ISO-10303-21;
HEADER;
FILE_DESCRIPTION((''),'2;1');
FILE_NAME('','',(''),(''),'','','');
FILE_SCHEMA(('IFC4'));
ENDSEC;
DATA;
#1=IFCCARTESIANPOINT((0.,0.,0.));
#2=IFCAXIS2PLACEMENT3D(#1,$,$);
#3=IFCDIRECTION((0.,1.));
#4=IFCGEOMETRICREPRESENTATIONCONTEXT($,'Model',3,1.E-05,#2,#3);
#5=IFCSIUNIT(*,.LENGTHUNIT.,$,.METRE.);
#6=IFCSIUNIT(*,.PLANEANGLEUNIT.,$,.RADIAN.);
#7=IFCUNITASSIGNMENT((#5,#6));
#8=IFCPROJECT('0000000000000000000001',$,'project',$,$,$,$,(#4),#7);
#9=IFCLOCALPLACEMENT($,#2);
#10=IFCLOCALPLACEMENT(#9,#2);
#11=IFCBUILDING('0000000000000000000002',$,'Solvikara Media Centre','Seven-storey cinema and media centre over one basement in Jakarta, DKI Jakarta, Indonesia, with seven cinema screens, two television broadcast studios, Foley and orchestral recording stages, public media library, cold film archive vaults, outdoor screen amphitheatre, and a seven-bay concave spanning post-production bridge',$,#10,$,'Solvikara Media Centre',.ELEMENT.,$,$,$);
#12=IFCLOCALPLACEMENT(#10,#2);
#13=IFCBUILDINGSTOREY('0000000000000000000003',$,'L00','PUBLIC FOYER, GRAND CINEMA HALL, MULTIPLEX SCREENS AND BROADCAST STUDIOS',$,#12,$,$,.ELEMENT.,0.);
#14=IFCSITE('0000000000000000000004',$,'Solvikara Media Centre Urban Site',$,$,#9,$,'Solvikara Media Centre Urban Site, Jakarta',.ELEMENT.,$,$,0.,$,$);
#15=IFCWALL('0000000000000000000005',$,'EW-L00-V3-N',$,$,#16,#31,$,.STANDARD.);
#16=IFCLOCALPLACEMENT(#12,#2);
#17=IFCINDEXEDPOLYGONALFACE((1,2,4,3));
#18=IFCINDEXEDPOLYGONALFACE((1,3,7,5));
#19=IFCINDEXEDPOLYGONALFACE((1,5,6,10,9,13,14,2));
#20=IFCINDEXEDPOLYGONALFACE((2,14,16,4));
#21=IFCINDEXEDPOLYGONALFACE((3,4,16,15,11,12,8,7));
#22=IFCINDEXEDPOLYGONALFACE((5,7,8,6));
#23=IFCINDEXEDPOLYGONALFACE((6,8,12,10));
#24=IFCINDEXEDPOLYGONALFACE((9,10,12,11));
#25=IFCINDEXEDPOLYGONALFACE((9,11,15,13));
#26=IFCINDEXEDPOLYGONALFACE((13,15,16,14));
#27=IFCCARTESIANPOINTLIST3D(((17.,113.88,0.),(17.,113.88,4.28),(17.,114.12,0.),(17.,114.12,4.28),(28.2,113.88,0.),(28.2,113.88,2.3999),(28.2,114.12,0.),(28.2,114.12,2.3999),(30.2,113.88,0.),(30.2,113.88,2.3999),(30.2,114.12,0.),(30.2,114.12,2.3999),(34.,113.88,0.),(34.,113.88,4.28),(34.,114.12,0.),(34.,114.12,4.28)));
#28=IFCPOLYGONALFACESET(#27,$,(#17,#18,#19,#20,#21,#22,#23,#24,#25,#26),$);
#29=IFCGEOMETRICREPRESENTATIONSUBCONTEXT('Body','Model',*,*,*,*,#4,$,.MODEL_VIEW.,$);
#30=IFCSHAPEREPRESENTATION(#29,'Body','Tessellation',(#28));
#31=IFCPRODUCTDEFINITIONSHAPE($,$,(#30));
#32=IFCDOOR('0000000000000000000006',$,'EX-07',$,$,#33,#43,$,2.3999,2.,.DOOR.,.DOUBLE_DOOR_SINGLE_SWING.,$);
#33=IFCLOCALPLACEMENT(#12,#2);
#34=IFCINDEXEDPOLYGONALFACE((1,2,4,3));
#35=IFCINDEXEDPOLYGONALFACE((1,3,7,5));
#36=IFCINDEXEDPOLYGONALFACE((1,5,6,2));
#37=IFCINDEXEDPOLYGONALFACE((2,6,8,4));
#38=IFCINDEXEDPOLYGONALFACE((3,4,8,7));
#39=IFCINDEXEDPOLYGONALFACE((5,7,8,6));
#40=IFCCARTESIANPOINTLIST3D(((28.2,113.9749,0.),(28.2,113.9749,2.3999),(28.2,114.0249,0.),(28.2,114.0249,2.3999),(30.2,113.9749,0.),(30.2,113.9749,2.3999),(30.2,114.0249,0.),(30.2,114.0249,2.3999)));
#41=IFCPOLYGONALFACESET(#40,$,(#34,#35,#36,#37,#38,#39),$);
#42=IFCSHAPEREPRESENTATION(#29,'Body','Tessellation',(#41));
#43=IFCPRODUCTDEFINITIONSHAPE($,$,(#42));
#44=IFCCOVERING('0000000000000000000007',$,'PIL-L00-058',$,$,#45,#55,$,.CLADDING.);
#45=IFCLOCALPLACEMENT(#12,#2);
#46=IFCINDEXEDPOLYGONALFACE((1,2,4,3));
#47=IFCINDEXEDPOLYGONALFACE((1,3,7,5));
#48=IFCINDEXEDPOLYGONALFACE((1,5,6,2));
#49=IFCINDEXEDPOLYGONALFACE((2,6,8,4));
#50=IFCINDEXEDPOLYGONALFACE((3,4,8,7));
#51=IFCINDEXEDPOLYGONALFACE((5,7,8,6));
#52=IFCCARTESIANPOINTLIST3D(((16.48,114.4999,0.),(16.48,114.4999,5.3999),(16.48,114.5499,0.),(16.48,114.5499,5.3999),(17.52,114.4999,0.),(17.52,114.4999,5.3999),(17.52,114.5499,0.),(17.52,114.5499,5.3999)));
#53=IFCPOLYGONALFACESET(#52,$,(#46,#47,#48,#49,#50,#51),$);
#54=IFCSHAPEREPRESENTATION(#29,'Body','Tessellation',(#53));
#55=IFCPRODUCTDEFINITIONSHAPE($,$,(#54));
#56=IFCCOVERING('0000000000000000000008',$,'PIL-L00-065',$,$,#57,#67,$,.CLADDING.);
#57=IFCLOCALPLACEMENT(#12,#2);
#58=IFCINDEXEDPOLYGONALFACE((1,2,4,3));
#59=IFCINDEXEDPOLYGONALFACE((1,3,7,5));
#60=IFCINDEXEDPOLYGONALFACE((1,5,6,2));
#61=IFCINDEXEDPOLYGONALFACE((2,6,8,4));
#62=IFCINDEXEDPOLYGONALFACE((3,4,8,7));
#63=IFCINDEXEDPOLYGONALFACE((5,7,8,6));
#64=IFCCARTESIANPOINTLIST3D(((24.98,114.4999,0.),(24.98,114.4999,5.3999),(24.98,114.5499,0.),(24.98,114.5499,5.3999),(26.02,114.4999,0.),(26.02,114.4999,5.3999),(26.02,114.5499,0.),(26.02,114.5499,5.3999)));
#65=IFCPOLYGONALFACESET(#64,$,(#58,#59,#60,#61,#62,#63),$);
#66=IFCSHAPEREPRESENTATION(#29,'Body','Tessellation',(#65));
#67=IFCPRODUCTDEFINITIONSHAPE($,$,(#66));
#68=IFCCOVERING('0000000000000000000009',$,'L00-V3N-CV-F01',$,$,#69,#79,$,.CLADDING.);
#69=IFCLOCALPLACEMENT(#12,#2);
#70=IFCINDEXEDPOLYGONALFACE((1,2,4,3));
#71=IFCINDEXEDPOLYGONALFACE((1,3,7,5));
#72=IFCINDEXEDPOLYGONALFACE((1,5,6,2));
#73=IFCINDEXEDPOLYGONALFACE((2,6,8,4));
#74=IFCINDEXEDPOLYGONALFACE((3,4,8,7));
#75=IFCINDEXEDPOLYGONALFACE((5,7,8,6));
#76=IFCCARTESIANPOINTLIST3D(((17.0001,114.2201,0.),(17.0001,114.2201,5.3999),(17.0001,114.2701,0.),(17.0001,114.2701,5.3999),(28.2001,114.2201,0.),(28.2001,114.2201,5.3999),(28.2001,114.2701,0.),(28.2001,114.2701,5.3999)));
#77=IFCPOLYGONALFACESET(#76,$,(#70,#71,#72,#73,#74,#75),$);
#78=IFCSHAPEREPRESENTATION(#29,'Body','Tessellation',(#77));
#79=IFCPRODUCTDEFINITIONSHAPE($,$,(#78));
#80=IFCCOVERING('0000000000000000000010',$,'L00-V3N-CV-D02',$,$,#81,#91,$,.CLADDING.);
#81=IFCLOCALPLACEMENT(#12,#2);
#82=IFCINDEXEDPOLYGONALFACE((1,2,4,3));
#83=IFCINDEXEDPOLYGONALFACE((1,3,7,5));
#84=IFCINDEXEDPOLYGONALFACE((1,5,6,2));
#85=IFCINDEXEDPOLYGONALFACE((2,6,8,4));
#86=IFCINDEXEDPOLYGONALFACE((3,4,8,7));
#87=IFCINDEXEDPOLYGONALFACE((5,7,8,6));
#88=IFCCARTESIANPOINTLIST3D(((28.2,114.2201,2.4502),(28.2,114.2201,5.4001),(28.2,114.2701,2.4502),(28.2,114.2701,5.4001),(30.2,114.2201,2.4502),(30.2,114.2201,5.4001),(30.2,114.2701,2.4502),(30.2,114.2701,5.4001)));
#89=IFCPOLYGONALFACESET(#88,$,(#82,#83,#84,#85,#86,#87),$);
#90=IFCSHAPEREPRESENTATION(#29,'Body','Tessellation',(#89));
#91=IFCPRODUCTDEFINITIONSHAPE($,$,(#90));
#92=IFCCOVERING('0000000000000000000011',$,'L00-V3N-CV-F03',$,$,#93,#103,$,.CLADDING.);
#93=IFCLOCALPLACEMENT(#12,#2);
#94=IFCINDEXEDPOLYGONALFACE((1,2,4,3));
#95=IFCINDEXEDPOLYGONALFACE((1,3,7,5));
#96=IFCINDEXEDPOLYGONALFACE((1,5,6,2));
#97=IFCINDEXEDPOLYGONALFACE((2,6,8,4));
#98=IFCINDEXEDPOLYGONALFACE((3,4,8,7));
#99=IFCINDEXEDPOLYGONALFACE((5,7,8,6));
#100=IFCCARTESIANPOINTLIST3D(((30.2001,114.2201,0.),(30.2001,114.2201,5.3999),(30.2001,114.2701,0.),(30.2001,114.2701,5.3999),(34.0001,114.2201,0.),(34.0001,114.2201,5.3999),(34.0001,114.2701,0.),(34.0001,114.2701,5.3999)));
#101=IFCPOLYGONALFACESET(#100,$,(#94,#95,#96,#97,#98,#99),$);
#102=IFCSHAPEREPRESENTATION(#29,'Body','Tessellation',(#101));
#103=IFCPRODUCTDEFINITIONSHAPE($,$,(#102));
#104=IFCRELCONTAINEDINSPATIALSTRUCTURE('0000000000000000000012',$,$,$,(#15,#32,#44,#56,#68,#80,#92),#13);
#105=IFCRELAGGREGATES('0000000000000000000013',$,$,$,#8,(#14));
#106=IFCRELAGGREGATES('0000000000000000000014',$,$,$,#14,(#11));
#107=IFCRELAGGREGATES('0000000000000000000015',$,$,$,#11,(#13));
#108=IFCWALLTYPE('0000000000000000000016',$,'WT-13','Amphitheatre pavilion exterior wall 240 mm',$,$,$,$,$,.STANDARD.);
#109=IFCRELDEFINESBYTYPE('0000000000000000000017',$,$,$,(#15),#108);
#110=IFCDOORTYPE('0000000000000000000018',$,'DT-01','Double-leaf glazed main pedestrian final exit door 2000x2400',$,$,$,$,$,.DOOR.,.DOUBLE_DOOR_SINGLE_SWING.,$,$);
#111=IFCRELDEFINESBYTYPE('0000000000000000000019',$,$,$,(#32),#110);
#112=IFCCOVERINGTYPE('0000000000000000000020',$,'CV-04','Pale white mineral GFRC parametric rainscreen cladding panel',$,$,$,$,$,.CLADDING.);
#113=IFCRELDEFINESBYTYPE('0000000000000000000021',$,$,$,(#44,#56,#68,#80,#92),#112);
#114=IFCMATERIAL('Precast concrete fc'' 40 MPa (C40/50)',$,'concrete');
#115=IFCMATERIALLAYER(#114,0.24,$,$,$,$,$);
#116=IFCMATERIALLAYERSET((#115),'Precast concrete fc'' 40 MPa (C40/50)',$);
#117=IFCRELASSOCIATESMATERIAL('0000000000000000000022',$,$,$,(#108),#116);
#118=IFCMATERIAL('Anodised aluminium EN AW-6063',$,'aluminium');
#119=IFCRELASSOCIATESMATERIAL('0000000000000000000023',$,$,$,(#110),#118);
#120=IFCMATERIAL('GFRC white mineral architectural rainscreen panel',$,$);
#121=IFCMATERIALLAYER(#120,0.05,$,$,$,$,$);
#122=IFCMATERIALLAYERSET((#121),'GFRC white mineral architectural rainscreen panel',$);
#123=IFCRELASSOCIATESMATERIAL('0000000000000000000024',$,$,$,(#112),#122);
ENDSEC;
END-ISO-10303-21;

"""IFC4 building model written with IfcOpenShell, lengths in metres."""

from ifc_helpers import new_model, si_unit, direction, frame, frame_2d, origin, origin_2d, place, context, subcontext, project, spatial, rectangle, extrude, material, layer, layer_set, type_object, element, fill, save


model = new_model("IFC4")

# Units and contexts
model_context = context("Model", 3, precision=1e-05, world=origin(), true_north=direction((0.0, 1.0)))
body_context = subcontext(model_context, "Body", "Model", "MODEL_VIEW")
ifc_project = project(units=[si_unit("LENGTHUNIT", "METRE"), si_unit("PLANEANGLEUNIT", "RADIAN")], contexts=[model_context])

# Site, building, storey
site_placement = place(None, origin())
site = spatial("IfcSite", under=ifc_project, at=site_placement, Name="Solvikara Media Centre Urban Site", LongName="Solvikara Media Centre Urban Site, Jakarta", CompositionType="ELEMENT", RefElevation=0.0)
building_placement = place(site_placement, origin())
building = spatial("IfcBuilding", under=site, at=building_placement, Name="Solvikara Media Centre", Description="Seven-storey cinema and media centre over one basement in Jakarta, DKI Jakarta, Indonesia, with seven cinema screens, two television broadcast studios, Foley and orchestral recording stages, public media library, cold film archive vaults, outdoor screen amphitheatre, and a seven-bay concave spanning post-production bridge", LongName="Solvikara Media Centre", CompositionType="ELEMENT")
storey_placement = place(building_placement, origin())
storey = spatial("IfcBuildingStorey", under=building, at=storey_placement, Name="L00", Description="PUBLIC FOYER, GRAND CINEMA HALL, MULTIPLEX SCREENS AND BROADCAST STUDIOS", CompositionType="ELEMENT", Elevation=0.0)

# Shared definitions
ifc_material_1 = material(Name="Anodised aluminium EN AW-6063", Category="aluminium")

# Wall, opening, door
ifc_material_2 = material(Name="Precast concrete fc' 40 MPa (C40/50)", Category="concrete")
ifc_layer_1 = layer(ifc_material_2, 0.24)
ifc_layer_set_1 = layer_set([ifc_layer_1], Name="Precast concrete fc' 40 MPa (C40/50)")
wall_type = type_object("IfcWallType", Name="WT-13", Description="Amphitheatre pavilion exterior wall 240 mm", PredefinedType="STANDARD", material=ifc_layer_set_1)
wall_placement = place(storey_placement, frame((17.0, 114.0, 0.0), z_axis=(0.0, 0.0, 1.0), x_axis=(1.0, 0.0, 0.0)))
wall = element("IfcWall", 1, at=wall_placement, inside=storey, type_object=wall_type, Name="EW-L00-V3-N", PredefinedType="STANDARD", context=body_context, shape_type="SweptSolid", body=[
    extrude(rectangle(XDim=17.0, YDim=0.24, at=frame_2d((8.5, 0.0))), origin(), (0.0, 0.0, 1.0), 4.28),
])
opening_placement = place(wall_placement, frame((11.2, 0.0, 0.0)))
opening = element("IfcOpeningElement", 2, at=opening_placement, cuts=wall, PredefinedType="OPENING", context=body_context, shape_type="SweptSolid", body=[
    extrude(rectangle(XDim=2.0, YDim=2.3999, at=frame_2d((1.0, 1.2))), frame((0.0, 0.1318, 0.0), z_axis=(0.0, -1.0, 0.0), x_axis=(1.0, 0.0, 0.0)), (0.0, 0.0, 1.0), 0.2639),
])
door_type = type_object("IfcDoorType", Name="DT-01", Description="Double-leaf glazed main pedestrian final exit door 2000x2400", OperationType="DOUBLE_DOOR_SINGLE_SWING", PredefinedType="DOOR", material=ifc_material_1)
door_placement = place(opening_placement, origin())
door = element("IfcDoor", 3, at=door_placement, inside=storey, type_object=door_type, Name="EX-07", OperationType="DOUBLE_DOOR_SINGLE_SWING", OverallHeight=2.3999, OverallWidth=2.0, PredefinedType="DOOR", context=body_context, shape_type="SweptSolid", body=[
    extrude(rectangle(XDim=2.0, YDim=2.3999, at=frame_2d((1.0, 1.2))), frame((0.0, 0.0249, 0.0), z_axis=(0.0, -1.0, 0.0), x_axis=(1.0, 0.0, 0.0)), (0.0, 0.0, 1.0), 0.05),
])
fill(opening, door)

# Coverings
ifc_material_3 = material(Name="GFRC white mineral architectural rainscreen panel")
ifc_layer_2 = layer(ifc_material_3, 0.05)
ifc_layer_set_2 = layer_set([ifc_layer_2], Name="GFRC white mineral architectural rainscreen panel")
covering_type = type_object("IfcCoveringType", Name="CV-04", Description="Pale white mineral GFRC parametric rainscreen cladding panel", PredefinedType="CLADDING", material=ifc_layer_set_2)
for number, where, z_axis, x_axis, name in (
    (4, (17.0, 114.5249, 0.0), (0.0, 0.0, 1.0), (-1.0, 0.0, 0.0), "PIL-L00-058"),
    (5, (25.5, 114.5249, 0.0), (0.0, 0.0, 1.0), (-1.0, 0.0, 0.0), "PIL-L00-065"),
):
    element("IfcCovering", number, at=place(storey_placement, frame(where, z_axis=z_axis, x_axis=x_axis)), inside=storey, type_object=covering_type, Name=name, PredefinedType="CLADDING", context=body_context, shape_type="SweptSolid", body=[
        extrude(rectangle(XDim=1.04, YDim=0.05, at=origin_2d()), origin(), (0.0, 0.0, 1.0), 5.3999),
    ])
covering_1_placement = place(storey_placement, frame((22.6001, 114.2451, 0.0), z_axis=(0.0, 0.0, 1.0), x_axis=(1.0, 0.0, 0.0)))
element("IfcCovering", 6, at=covering_1_placement, inside=storey, type_object=covering_type, Name="L00-V3N-CV-F01", PredefinedType="CLADDING", context=body_context, shape_type="SweptSolid", body=[
    extrude(rectangle(XDim=11.2, YDim=0.05, at=origin_2d()), origin(), (0.0, 0.0, 1.0), 5.3999),
])
covering_2_placement = place(storey_placement, frame((29.2, 114.2451, 2.4502), z_axis=(0.0, 0.0, 1.0), x_axis=(1.0, 0.0, 0.0)))
element("IfcCovering", 7, at=covering_2_placement, inside=storey, type_object=covering_type, Name="L00-V3N-CV-D02", PredefinedType="CLADDING", context=body_context, shape_type="SweptSolid", body=[
    extrude(rectangle(XDim=2.0, YDim=0.05, at=origin_2d()), origin(), (0.0, 0.0, 1.0), 2.95),
])
covering_3_placement = place(storey_placement, frame((32.1001, 114.2451, 0.0), z_axis=(0.0, 0.0, 1.0), x_axis=(1.0, 0.0, 0.0)))
element("IfcCovering", 8, at=covering_3_placement, inside=storey, type_object=covering_type, Name="L00-V3N-CV-F03", PredefinedType="CLADDING", context=body_context, shape_type="SweptSolid", body=[
    extrude(rectangle(XDim=3.8, YDim=0.05, at=origin_2d()), origin(), (0.0, 0.0, 1.0), 5.3999),
])

save(model, "model.ifc")
